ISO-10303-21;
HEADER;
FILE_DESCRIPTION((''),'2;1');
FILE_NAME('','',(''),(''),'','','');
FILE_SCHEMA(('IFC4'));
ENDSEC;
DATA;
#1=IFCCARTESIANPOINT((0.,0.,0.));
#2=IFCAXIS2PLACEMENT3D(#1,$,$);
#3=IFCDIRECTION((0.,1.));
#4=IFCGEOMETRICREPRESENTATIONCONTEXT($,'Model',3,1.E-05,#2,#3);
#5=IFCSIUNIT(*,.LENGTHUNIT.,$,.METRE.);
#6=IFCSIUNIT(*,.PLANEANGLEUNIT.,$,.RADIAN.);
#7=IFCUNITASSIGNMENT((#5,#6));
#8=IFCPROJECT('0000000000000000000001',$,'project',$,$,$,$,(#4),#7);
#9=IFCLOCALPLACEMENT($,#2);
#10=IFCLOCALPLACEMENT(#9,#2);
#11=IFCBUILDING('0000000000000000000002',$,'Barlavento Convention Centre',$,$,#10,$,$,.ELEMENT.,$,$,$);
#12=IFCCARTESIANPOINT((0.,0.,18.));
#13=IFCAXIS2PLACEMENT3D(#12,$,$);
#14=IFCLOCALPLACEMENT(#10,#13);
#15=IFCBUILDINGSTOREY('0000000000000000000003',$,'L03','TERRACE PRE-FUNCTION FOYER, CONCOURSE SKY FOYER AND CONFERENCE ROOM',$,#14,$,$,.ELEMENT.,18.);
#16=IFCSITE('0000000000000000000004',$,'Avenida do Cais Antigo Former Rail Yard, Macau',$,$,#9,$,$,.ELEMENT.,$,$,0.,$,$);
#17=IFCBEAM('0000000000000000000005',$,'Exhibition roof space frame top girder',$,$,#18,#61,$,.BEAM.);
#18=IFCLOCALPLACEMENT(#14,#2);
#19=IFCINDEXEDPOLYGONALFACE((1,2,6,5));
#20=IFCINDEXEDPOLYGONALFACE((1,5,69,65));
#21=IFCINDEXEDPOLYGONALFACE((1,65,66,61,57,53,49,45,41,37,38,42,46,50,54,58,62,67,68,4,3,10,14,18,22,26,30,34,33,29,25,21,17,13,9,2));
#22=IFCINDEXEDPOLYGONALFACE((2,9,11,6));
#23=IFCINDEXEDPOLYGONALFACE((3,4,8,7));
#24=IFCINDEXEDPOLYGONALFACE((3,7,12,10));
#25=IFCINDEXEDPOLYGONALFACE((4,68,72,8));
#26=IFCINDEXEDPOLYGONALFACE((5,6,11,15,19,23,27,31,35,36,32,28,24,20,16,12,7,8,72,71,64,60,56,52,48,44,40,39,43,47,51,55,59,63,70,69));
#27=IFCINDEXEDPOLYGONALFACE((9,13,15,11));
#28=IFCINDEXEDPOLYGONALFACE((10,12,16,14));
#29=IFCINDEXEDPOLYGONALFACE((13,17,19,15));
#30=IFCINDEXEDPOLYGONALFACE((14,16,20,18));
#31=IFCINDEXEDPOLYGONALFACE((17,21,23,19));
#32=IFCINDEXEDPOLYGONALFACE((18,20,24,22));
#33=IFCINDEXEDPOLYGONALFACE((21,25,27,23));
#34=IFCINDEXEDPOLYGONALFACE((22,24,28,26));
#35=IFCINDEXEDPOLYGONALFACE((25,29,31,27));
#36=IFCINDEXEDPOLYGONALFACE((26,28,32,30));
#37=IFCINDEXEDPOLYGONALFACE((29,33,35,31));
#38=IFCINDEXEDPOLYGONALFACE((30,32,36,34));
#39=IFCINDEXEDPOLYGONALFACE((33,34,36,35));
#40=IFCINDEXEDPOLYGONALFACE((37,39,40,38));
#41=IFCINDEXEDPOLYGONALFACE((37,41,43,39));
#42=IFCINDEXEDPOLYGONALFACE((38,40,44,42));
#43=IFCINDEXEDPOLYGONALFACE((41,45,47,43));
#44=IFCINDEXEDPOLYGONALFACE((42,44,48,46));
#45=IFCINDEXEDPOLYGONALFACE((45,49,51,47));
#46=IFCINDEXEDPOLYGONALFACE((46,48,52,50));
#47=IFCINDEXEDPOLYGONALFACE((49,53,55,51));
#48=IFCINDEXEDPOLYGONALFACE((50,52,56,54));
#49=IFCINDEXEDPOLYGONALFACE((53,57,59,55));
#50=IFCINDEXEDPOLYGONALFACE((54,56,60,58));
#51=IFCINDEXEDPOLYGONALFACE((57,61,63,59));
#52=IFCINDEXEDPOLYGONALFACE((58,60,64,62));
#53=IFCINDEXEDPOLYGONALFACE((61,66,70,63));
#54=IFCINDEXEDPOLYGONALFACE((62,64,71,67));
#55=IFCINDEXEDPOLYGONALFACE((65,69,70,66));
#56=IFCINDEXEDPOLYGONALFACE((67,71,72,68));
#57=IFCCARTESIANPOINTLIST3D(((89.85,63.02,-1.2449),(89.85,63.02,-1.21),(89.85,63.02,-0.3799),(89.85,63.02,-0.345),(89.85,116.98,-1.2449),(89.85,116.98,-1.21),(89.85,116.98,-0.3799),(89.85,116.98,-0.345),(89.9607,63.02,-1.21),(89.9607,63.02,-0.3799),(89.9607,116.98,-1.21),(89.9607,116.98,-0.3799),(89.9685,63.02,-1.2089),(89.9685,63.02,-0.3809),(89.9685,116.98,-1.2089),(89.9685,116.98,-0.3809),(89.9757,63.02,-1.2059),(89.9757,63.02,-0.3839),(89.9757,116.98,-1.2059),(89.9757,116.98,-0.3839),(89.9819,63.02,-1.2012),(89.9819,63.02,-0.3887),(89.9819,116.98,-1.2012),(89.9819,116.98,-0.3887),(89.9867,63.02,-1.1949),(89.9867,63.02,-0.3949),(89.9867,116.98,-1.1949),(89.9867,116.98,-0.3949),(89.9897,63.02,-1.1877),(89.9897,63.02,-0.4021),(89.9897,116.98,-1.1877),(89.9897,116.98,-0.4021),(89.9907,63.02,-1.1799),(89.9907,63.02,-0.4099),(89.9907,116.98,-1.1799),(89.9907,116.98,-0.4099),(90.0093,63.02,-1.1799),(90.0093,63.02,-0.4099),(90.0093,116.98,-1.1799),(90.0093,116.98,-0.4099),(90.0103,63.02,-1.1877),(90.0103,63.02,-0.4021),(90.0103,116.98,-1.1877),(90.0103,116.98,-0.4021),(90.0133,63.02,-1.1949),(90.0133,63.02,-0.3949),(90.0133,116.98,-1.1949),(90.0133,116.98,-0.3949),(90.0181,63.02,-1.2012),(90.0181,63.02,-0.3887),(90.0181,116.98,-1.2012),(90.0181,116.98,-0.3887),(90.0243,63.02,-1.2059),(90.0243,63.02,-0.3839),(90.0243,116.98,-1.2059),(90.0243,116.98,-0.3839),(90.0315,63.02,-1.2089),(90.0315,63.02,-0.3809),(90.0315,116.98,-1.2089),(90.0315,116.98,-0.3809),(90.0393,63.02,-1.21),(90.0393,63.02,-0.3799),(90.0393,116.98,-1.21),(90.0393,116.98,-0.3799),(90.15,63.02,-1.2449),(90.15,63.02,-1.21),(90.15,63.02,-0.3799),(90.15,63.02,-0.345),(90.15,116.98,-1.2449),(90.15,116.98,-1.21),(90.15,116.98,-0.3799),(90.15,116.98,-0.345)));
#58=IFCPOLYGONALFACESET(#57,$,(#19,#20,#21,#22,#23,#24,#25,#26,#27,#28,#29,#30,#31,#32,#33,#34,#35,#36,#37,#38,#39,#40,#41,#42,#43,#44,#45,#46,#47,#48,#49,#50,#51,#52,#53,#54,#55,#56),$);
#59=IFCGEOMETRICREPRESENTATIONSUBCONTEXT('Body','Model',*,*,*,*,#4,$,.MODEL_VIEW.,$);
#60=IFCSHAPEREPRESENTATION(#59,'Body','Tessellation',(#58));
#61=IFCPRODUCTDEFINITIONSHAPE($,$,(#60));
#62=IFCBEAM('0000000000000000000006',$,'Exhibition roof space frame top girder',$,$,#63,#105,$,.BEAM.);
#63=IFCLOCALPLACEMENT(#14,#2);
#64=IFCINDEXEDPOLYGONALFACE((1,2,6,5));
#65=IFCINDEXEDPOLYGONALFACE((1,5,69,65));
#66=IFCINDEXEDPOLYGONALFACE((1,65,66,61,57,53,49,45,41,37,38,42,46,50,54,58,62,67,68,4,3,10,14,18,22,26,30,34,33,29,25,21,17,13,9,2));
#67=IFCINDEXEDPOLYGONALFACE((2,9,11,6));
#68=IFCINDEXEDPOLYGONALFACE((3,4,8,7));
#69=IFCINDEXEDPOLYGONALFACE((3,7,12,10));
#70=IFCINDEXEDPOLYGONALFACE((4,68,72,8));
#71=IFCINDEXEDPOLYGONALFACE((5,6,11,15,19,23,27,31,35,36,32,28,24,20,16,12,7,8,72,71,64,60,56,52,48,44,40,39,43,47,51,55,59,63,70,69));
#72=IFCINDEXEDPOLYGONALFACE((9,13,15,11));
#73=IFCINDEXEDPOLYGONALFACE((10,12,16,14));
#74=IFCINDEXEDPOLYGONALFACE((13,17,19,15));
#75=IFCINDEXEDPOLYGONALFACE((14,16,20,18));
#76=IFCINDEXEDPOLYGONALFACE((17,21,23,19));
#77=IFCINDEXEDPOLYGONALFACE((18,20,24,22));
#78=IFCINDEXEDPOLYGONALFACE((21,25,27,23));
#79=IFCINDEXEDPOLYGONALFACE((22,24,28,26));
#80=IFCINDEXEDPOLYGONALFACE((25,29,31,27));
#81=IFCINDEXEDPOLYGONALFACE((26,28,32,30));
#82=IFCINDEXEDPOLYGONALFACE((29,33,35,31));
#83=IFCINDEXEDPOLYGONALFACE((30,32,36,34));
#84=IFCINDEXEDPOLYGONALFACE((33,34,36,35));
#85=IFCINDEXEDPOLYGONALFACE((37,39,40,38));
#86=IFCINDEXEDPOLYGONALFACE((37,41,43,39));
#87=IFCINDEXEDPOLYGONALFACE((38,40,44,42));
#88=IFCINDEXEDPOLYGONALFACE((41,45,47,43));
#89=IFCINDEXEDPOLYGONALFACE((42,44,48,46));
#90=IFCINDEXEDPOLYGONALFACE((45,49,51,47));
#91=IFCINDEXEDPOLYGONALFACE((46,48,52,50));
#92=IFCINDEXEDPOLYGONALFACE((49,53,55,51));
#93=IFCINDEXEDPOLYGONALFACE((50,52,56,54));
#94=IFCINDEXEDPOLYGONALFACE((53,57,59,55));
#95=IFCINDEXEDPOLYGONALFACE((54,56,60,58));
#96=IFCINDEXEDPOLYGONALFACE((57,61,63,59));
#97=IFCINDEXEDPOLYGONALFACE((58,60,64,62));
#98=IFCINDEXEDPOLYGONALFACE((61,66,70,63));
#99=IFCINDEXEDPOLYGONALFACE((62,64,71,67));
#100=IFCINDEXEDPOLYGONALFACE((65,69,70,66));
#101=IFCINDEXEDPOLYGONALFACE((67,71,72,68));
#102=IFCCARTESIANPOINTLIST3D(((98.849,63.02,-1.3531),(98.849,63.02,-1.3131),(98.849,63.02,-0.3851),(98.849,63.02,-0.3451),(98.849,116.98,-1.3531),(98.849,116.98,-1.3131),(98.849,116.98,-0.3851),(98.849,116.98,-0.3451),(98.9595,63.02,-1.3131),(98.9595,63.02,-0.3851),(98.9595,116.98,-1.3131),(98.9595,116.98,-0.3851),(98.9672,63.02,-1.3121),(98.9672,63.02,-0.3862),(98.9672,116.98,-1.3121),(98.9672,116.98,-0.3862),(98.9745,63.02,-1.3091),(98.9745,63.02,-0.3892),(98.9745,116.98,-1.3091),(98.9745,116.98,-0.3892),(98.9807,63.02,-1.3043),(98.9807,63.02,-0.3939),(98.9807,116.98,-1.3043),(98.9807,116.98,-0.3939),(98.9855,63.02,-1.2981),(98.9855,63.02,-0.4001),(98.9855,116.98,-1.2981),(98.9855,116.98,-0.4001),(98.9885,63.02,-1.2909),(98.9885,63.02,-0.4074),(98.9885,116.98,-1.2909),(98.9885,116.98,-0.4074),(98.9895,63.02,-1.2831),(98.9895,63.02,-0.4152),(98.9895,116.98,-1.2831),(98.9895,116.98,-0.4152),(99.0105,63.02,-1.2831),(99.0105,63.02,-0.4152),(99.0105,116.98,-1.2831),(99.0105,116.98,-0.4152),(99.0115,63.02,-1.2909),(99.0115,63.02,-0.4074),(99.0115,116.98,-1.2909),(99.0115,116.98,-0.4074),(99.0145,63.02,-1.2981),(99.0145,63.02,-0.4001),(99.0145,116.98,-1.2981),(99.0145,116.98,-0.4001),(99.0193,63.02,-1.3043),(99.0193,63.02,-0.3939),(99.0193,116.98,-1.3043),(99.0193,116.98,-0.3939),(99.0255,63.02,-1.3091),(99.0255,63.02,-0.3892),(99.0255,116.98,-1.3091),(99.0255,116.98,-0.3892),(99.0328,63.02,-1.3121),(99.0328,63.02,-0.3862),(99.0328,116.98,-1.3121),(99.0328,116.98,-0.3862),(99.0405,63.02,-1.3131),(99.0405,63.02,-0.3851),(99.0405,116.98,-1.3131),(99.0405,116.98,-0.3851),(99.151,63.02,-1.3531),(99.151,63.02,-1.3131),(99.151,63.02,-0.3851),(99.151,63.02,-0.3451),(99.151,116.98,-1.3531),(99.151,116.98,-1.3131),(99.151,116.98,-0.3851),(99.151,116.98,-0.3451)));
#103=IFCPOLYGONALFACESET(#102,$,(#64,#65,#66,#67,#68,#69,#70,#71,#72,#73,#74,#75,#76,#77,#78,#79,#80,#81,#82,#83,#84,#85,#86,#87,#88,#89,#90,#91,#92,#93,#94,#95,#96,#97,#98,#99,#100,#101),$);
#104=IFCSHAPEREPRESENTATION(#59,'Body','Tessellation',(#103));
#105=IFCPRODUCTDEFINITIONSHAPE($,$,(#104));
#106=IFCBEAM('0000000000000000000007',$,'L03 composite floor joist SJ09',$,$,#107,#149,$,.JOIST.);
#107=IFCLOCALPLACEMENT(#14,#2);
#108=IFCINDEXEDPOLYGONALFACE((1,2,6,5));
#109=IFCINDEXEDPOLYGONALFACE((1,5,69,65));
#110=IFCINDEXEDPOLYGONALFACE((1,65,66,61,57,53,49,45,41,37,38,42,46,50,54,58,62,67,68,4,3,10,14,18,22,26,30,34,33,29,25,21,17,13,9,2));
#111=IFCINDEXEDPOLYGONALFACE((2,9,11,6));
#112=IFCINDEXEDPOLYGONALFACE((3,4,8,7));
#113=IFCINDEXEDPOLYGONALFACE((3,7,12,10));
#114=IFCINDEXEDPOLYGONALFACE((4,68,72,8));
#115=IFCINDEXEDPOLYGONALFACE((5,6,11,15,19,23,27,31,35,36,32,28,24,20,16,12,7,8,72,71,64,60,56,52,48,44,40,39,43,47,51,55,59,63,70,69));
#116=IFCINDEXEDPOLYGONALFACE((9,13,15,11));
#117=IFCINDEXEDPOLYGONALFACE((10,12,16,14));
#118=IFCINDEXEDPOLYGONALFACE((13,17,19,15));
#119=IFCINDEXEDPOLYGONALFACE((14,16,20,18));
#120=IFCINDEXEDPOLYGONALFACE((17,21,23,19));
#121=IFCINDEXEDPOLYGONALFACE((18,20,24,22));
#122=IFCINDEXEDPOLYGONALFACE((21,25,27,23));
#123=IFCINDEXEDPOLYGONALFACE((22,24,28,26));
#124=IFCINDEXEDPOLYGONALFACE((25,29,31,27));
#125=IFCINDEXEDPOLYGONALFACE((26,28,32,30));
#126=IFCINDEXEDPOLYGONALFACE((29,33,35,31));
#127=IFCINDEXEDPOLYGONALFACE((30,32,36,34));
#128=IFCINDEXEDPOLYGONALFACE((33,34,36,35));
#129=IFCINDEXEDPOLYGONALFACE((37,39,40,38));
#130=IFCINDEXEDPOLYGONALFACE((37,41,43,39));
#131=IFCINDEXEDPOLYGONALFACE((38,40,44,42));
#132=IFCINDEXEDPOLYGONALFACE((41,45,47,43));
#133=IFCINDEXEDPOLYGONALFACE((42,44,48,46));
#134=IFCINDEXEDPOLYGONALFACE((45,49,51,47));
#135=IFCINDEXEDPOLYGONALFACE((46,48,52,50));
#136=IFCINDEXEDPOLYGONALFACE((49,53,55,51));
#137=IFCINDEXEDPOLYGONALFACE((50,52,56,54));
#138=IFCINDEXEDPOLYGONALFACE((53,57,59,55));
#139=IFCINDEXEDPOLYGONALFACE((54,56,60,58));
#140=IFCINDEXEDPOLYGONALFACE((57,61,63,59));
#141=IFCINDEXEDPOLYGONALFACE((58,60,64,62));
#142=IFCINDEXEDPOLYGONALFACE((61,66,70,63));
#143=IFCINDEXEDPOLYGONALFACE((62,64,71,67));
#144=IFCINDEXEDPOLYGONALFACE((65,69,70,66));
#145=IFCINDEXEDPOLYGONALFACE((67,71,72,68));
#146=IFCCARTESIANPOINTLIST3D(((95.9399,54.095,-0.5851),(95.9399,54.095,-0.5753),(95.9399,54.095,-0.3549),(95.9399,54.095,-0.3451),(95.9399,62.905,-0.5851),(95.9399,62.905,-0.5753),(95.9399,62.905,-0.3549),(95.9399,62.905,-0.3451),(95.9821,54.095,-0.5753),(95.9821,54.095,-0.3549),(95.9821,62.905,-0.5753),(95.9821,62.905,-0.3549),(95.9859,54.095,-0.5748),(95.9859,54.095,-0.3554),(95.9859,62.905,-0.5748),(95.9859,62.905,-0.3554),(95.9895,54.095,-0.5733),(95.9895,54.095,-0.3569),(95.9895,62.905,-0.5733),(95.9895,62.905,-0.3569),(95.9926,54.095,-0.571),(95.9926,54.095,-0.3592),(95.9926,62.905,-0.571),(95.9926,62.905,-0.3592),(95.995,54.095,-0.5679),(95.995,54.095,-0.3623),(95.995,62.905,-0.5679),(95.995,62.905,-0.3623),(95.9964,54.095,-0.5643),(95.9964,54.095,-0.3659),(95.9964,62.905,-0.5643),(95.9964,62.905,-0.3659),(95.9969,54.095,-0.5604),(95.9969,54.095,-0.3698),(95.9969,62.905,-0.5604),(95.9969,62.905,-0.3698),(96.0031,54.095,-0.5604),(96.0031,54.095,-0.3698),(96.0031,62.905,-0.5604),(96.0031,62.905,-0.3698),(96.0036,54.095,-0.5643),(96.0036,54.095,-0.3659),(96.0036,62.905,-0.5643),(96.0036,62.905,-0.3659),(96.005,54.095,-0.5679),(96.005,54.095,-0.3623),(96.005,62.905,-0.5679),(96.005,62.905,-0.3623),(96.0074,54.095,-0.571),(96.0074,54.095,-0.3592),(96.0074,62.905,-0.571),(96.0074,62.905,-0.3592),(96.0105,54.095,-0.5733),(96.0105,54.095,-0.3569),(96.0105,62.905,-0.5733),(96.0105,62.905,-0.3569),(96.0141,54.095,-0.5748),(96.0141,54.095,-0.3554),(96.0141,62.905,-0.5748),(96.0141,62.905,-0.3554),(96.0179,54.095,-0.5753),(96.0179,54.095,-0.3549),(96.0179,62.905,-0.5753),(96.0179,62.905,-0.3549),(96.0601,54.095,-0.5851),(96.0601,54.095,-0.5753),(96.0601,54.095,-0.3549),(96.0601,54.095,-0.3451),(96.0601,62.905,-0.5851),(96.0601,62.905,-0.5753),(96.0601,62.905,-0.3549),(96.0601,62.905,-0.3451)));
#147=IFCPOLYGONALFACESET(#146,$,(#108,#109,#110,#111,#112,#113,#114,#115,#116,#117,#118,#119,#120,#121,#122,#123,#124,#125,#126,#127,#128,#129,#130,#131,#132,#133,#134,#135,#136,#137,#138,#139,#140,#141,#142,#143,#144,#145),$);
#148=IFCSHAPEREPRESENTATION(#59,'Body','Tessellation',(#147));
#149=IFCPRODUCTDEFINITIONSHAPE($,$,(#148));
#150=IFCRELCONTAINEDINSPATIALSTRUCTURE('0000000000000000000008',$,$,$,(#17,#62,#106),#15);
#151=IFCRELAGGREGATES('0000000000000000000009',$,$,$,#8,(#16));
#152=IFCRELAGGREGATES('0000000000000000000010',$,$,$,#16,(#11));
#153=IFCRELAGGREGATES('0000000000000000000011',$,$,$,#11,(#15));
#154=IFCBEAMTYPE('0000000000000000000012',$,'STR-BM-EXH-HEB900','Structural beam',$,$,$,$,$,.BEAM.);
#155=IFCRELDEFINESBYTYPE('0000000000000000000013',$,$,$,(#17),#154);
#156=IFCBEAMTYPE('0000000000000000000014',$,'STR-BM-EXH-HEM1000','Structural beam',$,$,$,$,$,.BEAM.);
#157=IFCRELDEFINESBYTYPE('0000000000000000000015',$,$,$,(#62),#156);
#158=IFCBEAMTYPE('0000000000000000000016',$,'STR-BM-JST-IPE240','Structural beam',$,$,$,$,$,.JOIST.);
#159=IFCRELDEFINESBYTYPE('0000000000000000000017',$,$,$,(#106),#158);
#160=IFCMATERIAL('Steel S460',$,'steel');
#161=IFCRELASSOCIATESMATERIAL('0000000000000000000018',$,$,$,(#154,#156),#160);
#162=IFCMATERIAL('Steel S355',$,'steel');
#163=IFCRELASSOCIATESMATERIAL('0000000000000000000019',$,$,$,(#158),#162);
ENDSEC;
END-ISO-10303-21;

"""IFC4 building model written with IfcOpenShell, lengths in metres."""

from ifc_helpers import new_model, si_unit, direction, frame, origin, origin_2d, place, context, subcontext, project, spatial, i_section, extrude, material, material_profile, profile_set, type_object, element, save


model = new_model("IFC4")

# Units and contexts
model_context = context("Model", 3, precision=1e-05, world=origin(), true_north=direction((0.0, 1.0)))
body_context = subcontext(model_context, "Body", "Model", "MODEL_VIEW")
ifc_project = project(units=[si_unit("LENGTHUNIT", "METRE"), si_unit("PLANEANGLEUNIT", "RADIAN")], contexts=[model_context])

# Site, building, storey
site_placement = place(None, origin())
site = spatial("IfcSite", under=ifc_project, at=site_placement, Name="Avenida do Cais Antigo Former Rail Yard, Macau", CompositionType="ELEMENT", RefElevation=0.0)
building_placement = place(site_placement, origin())
building = spatial("IfcBuilding", under=site, at=building_placement, Name="Barlavento Convention Centre", CompositionType="ELEMENT")
storey_placement = place(building_placement, frame((0.0, 0.0, 18.0)))
storey = spatial("IfcBuildingStorey", under=building, at=storey_placement, Name="L03", Description="TERRACE PRE-FUNCTION FOYER, CONCOURSE SKY FOYER AND CONFERENCE ROOM", CompositionType="ELEMENT", Elevation=18.0)

# Beams
ifc_material_1 = material(Name="Steel S460", Category="steel")
ifc_material_profile_1 = material_profile(ifc_material_1, i_section(OverallWidth=0.3, OverallDepth=0.8999, WebThickness=0.0186, FlangeThickness=0.0349, FilletRadius=0.03, at=origin_2d()), Name="HEB 900")
ifc_profile_set_1 = profile_set([ifc_material_profile_1], Name="Steel S460")
beam_type_1 = type_object("IfcBeamType", Name="STR-BM-EXH-HEB900", Description="Structural beam", PredefinedType="BEAM", material=ifc_profile_set_1)
beam_1_placement = place(storey_placement, frame((90.0, 63.02, -0.7949), z_axis=(0.0, 1.0, 0.0), x_axis=(-1.0, 0.0, 0.0)))
element("IfcBeam", 1, at=beam_1_placement, inside=storey, type_object=beam_type_1, Name="Exhibition roof space frame top girder", PredefinedType="BEAM", context=body_context, shape_type="SweptSolid", body=[
    extrude(i_section(OverallWidth=0.3, OverallDepth=0.8999, WebThickness=0.0186, FlangeThickness=0.0349, FilletRadius=0.03, at=origin_2d()), origin(), (0.0, 0.0, 1.0), 53.96),
])
ifc_material_profile_2 = material_profile(ifc_material_1, i_section(OverallWidth=0.302, OverallDepth=1.0081, WebThickness=0.021, FlangeThickness=0.04, FilletRadius=0.03, at=origin_2d()), Name="HEM 1000")
ifc_profile_set_2 = profile_set([ifc_material_profile_2], Name="Steel S460")
beam_type_2 = type_object("IfcBeamType", Name="STR-BM-EXH-HEM1000", Description="Structural beam", PredefinedType="BEAM", material=ifc_profile_set_2)
beam_2_placement = place(storey_placement, frame((99.0, 63.02, -0.8491), z_axis=(0.0, 1.0, 0.0), x_axis=(-1.0, 0.0, 0.0)))
element("IfcBeam", 2, at=beam_2_placement, inside=storey, type_object=beam_type_2, Name="Exhibition roof space frame top girder", PredefinedType="BEAM", context=body_context, shape_type="SweptSolid", body=[
    extrude(i_section(OverallWidth=0.302, OverallDepth=1.0081, WebThickness=0.021, FlangeThickness=0.04, FilletRadius=0.03, at=origin_2d()), origin(), (0.0, 0.0, 1.0), 53.96),
])
ifc_material_2 = material(Name="Steel S355", Category="steel")
ifc_material_profile_3 = material_profile(ifc_material_2, i_section(OverallWidth=0.1201, OverallDepth=0.24, WebThickness=0.0061, FlangeThickness=0.0098, FilletRadius=0.0149, at=origin_2d()), Name="IPE 240")
ifc_profile_set_3 = profile_set([ifc_material_profile_3], Name="Steel S355")
beam_type_3 = type_object("IfcBeamType", Name="STR-BM-JST-IPE240", Description="Structural beam", PredefinedType="JOIST", material=ifc_profile_set_3)
beam_3_placement = place(storey_placement, frame((96.0, 54.095, -0.4651), z_axis=(0.0, 1.0, 0.0), x_axis=(-1.0, 0.0, 0.0)))
element("IfcBeam", 3, at=beam_3_placement, inside=storey, type_object=beam_type_3, Name="L03 composite floor joist SJ09", PredefinedType="JOIST", context=body_context, shape_type="SweptSolid", body=[
    extrude(i_section(OverallWidth=0.1201, OverallDepth=0.24, WebThickness=0.0061, FlangeThickness=0.0098, FilletRadius=0.0149, at=origin_2d()), origin(), (0.0, 0.0, 1.0), 8.8101),
])

save(model, "model.ifc")
